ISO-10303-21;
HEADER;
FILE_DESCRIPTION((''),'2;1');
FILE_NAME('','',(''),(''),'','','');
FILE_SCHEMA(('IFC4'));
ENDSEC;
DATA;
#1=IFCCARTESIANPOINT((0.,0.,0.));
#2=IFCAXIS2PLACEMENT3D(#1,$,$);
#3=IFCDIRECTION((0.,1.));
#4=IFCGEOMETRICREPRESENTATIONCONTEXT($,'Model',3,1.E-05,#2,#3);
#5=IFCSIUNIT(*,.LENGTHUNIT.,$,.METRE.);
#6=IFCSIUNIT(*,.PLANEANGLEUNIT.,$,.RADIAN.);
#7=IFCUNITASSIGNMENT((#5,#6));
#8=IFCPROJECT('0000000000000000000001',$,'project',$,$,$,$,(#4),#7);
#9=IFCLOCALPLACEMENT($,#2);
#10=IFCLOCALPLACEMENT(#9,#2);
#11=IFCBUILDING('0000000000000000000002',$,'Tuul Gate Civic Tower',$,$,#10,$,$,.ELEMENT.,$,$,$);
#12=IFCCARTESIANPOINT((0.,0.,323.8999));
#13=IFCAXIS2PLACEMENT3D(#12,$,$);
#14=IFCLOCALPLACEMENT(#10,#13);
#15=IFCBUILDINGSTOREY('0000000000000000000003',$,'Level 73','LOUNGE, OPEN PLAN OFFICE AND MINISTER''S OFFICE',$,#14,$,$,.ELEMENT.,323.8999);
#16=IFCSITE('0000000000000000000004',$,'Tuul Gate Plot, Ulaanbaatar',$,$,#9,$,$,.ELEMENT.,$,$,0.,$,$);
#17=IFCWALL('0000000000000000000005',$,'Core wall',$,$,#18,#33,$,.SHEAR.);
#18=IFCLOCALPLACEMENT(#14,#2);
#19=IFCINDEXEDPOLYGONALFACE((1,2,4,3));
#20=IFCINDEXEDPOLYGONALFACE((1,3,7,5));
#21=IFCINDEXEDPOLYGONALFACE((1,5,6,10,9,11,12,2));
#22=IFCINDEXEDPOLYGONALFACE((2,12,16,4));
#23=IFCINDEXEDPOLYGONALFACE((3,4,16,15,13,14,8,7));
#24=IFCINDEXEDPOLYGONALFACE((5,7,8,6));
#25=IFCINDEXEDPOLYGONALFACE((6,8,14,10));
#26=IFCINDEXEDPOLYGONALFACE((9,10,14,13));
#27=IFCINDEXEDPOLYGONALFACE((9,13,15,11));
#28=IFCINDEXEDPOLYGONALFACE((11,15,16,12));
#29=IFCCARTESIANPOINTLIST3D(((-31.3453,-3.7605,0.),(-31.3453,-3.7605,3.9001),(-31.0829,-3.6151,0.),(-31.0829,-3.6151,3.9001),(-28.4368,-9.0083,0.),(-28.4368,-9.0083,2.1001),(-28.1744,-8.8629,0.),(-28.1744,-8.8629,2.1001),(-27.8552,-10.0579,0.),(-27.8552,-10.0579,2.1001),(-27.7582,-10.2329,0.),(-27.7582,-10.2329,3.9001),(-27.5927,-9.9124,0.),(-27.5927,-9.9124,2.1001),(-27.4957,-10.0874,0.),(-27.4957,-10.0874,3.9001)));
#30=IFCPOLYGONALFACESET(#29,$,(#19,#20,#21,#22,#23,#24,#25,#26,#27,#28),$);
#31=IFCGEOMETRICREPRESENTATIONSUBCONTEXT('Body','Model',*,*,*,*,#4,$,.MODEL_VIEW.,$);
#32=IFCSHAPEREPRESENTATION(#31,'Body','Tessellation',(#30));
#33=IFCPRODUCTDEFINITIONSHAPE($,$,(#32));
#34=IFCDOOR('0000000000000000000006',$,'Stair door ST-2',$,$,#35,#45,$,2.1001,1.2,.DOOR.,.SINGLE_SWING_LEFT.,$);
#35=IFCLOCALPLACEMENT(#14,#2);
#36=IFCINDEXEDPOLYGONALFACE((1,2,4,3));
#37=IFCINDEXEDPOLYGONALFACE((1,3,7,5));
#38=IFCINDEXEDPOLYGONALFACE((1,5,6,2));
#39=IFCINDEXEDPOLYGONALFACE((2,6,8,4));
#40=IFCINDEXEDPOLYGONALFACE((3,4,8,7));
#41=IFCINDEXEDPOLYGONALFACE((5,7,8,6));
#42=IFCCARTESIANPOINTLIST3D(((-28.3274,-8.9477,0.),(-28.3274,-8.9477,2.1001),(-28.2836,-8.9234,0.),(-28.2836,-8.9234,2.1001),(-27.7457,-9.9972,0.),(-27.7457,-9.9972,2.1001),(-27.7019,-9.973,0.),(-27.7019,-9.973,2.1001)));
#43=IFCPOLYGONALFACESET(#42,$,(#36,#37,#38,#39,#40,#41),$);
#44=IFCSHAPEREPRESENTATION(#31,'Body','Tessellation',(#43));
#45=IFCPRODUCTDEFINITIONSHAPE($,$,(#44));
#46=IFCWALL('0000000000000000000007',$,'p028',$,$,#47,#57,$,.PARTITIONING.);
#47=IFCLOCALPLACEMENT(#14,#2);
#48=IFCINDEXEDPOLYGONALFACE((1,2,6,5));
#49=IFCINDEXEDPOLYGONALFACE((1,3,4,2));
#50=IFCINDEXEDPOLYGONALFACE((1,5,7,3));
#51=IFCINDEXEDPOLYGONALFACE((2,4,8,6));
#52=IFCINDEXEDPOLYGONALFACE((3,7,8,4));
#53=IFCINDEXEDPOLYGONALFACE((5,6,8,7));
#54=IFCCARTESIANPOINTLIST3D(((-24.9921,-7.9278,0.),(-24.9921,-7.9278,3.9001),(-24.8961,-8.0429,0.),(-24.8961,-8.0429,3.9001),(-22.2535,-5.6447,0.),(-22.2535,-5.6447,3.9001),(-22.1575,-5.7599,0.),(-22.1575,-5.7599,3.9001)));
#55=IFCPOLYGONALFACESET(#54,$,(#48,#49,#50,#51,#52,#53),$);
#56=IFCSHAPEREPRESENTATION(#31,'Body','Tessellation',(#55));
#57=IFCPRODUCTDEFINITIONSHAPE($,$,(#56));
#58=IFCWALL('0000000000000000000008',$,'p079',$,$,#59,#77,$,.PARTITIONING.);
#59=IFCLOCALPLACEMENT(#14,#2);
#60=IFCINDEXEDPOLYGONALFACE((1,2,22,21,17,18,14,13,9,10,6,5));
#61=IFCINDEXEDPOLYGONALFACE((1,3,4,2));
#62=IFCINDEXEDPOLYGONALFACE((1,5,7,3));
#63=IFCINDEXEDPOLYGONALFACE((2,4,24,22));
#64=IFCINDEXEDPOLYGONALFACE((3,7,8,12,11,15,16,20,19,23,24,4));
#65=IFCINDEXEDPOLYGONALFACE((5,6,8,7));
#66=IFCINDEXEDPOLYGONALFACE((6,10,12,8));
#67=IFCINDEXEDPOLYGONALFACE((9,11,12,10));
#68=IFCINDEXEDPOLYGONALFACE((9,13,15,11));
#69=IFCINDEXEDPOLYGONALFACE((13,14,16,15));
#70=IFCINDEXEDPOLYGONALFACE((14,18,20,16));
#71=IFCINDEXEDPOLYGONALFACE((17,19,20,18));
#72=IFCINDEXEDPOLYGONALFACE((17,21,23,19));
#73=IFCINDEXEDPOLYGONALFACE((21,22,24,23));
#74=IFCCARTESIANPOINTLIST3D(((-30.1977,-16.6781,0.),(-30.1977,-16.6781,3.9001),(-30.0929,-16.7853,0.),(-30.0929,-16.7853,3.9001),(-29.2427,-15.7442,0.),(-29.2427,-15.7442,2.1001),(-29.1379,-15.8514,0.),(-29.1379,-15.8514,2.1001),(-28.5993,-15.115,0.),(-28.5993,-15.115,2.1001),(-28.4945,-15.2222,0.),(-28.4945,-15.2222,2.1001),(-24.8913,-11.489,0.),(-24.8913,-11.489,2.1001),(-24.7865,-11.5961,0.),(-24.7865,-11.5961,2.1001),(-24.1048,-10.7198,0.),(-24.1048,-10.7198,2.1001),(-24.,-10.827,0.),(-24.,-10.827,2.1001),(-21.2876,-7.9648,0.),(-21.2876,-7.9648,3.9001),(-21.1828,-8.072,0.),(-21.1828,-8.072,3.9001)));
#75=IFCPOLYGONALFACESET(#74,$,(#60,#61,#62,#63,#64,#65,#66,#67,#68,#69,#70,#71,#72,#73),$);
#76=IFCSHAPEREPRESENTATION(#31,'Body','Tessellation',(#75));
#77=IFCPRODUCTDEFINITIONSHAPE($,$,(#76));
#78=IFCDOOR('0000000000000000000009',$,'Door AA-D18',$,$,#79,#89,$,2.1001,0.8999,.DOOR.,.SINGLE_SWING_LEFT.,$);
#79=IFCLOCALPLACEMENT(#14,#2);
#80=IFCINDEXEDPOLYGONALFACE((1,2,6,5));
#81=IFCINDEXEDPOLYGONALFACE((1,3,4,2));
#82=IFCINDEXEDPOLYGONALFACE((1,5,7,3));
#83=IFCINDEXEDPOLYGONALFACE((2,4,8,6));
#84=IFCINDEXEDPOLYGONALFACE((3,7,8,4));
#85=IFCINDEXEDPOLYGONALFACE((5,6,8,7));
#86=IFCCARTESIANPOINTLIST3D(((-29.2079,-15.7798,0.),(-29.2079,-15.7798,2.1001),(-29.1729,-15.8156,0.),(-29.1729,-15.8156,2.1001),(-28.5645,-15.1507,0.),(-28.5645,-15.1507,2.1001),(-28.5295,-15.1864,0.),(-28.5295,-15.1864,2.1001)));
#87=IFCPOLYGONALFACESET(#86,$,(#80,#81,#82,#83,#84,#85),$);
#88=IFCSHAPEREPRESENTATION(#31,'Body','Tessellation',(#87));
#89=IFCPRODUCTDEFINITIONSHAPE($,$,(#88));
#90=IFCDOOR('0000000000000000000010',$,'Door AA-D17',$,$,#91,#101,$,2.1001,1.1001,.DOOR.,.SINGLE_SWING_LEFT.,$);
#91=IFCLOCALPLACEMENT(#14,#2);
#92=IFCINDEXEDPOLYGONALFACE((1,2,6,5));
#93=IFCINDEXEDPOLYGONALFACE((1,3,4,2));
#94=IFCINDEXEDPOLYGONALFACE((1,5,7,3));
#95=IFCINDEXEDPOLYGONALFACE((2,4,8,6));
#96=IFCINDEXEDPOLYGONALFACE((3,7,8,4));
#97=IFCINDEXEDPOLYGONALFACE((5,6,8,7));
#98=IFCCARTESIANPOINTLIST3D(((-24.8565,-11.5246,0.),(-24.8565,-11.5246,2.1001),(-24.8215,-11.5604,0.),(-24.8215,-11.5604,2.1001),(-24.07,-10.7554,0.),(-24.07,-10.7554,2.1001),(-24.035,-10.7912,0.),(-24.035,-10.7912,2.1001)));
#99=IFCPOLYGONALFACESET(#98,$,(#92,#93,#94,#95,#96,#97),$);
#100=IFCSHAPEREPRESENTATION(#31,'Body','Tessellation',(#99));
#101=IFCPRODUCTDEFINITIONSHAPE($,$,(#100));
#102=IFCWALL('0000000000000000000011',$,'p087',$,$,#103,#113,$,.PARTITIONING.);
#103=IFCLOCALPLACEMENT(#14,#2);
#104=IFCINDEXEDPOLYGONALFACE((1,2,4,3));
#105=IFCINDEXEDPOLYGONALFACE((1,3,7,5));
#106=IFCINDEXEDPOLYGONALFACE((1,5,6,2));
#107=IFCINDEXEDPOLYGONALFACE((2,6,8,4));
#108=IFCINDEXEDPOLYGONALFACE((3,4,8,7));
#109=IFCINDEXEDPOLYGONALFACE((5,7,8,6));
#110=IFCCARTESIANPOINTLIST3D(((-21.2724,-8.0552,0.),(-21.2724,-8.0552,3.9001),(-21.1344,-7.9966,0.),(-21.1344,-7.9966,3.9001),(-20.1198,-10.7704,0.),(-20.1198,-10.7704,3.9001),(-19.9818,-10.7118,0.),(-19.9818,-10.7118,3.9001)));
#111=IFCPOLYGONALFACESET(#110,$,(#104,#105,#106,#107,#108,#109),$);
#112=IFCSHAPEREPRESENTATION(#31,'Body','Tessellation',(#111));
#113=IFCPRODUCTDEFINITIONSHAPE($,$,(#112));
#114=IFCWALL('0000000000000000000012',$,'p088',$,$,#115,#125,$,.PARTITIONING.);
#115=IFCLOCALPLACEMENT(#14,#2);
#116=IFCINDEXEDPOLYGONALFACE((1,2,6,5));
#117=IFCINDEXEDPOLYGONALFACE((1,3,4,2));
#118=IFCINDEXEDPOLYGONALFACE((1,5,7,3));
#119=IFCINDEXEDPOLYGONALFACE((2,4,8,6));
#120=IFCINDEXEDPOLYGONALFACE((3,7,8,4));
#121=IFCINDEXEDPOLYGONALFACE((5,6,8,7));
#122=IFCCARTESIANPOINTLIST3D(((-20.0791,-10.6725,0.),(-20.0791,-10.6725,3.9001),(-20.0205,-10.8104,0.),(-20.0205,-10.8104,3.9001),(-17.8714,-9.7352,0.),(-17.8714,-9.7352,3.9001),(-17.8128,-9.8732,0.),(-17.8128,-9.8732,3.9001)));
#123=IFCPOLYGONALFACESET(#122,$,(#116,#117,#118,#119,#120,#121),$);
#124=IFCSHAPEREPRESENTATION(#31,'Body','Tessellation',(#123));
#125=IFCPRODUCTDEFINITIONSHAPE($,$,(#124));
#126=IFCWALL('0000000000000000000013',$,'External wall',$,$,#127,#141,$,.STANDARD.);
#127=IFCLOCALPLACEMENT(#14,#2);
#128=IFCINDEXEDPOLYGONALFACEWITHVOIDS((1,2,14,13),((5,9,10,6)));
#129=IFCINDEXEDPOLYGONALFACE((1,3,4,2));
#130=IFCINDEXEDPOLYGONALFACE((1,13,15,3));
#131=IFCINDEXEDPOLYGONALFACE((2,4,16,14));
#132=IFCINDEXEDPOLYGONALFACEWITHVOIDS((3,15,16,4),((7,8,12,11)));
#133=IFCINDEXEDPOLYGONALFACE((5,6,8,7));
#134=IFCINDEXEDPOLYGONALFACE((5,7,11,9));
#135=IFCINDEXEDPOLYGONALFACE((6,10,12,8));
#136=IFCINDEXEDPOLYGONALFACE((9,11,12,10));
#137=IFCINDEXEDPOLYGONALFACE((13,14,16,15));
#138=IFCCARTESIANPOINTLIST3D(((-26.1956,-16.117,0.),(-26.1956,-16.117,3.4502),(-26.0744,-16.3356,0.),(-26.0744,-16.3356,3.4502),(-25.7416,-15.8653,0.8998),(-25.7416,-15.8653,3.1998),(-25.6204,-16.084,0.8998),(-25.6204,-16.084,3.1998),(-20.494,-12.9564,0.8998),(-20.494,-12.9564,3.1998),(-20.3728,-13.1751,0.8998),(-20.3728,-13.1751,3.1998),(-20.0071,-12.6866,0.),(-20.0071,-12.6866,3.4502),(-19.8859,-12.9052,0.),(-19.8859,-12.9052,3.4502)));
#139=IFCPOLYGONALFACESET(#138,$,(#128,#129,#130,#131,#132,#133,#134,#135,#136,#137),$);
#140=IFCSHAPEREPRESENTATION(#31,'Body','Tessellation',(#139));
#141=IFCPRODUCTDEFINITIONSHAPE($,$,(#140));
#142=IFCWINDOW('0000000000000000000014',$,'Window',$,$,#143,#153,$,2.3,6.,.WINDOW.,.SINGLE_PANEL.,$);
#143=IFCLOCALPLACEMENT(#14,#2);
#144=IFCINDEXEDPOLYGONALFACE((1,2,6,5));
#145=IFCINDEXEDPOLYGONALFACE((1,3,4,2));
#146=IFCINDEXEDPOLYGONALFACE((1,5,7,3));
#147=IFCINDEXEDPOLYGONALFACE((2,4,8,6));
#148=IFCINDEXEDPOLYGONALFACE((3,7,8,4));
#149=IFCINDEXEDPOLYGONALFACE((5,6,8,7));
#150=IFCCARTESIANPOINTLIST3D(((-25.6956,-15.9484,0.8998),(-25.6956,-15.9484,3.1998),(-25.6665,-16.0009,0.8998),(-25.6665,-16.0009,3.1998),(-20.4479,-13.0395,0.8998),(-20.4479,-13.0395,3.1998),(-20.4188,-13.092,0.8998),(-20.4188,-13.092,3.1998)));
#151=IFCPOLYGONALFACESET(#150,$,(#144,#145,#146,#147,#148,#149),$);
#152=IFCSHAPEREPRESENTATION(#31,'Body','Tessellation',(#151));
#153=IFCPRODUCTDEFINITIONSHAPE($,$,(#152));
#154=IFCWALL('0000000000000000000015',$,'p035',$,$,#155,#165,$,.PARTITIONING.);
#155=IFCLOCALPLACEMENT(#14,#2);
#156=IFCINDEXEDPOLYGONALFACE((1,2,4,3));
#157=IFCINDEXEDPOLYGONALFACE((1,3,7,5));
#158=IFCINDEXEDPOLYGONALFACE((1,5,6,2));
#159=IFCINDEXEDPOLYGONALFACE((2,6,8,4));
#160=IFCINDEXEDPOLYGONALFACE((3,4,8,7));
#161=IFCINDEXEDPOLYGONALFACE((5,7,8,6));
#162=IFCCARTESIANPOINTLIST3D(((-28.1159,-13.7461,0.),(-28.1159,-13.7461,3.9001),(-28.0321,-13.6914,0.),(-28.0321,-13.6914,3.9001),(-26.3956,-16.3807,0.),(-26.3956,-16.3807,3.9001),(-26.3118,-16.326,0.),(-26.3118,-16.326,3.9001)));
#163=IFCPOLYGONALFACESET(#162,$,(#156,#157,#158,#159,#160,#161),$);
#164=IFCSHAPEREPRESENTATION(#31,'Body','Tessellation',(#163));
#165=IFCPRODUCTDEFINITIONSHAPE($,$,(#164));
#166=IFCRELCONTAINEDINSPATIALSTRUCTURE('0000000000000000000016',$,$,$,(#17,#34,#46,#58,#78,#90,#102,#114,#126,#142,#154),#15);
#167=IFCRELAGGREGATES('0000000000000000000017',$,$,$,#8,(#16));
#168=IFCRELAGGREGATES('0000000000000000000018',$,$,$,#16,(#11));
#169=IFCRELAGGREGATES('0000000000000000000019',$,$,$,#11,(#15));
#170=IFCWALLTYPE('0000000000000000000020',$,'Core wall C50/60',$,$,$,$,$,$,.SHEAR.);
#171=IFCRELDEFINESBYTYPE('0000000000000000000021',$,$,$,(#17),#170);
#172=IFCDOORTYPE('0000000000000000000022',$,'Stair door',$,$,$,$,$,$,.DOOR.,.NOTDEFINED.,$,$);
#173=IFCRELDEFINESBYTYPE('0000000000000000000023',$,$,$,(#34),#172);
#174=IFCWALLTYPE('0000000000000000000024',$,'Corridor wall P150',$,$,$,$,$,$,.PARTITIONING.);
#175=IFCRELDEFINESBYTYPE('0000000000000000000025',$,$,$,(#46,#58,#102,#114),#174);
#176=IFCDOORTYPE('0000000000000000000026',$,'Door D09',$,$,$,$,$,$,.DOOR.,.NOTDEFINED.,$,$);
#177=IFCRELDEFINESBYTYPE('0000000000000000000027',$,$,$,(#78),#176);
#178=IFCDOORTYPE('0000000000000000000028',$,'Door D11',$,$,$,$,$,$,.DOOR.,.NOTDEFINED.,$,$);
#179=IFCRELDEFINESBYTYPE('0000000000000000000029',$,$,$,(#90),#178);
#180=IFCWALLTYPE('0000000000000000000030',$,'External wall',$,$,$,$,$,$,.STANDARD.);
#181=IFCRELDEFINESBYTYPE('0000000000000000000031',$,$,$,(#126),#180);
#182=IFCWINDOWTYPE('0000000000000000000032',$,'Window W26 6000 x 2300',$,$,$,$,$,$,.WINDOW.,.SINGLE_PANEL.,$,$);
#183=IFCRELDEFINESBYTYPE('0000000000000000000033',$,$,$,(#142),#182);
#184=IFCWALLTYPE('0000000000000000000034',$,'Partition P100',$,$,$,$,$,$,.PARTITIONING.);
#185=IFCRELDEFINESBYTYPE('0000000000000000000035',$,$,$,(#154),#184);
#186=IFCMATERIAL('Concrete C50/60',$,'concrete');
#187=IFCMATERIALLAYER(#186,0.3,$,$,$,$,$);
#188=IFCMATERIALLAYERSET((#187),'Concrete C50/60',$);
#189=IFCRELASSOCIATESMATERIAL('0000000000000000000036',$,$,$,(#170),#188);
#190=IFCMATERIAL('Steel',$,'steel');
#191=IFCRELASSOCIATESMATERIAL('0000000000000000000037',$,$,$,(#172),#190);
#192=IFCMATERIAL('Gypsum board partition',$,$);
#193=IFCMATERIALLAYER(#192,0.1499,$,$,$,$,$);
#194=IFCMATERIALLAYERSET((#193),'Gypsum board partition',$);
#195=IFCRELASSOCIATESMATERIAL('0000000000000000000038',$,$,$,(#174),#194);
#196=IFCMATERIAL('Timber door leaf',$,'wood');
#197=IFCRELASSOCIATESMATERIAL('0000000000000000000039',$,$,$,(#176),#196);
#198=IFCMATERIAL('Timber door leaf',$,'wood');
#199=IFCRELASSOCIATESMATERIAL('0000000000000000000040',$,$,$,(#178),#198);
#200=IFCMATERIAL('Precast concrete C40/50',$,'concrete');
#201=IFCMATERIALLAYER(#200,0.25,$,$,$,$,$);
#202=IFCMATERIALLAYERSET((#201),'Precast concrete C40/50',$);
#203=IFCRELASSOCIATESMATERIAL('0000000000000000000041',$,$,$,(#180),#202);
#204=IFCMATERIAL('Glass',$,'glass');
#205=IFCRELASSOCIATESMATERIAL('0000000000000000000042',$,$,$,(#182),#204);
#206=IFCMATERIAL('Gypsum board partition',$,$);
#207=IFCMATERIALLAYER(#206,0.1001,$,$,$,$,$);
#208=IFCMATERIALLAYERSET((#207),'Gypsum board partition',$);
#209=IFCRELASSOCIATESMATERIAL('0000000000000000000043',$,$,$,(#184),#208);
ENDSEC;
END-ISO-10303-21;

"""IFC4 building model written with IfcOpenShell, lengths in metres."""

from ifc_helpers import new_model, si_unit, direction, frame, frame_2d, origin, place, context, subcontext, project, spatial, rectangle, extrude, material, layer, layer_set, type_object, element, fill, save


model = new_model("IFC4")

# Units and contexts
model_context = context("Model", 3, precision=1e-05, world=origin(), true_north=direction((0.0, 1.0)))
body_context = subcontext(model_context, "Body", "Model", "MODEL_VIEW")
ifc_project = project(units=[si_unit("LENGTHUNIT", "METRE"), si_unit("PLANEANGLEUNIT", "RADIAN")], contexts=[model_context])

# Site, building, storey
site_placement = place(None, origin())
site = spatial("IfcSite", under=ifc_project, at=site_placement, Name="Tuul Gate Plot, Ulaanbaatar", CompositionType="ELEMENT", RefElevation=0.0)
building_placement = place(site_placement, origin())
building = spatial("IfcBuilding", under=site, at=building_placement, Name="Tuul Gate Civic Tower", CompositionType="ELEMENT")
storey_placement = place(building_placement, frame((0.0, 0.0, 323.8999)))
storey = spatial("IfcBuildingStorey", under=building, at=storey_placement, Name="Level 73", Description="LOUNGE, OPEN PLAN OFFICE AND MINISTER'S OFFICE", CompositionType="ELEMENT", Elevation=323.8999)

# Shared definitions
ifc_material_1 = material(Name="Concrete C50/60", Category="concrete")
ifc_layer_1 = layer(ifc_material_1, 0.3)
ifc_layer_set_1 = layer_set([ifc_layer_1], Name="Concrete C50/60")
wall_type_1 = type_object("IfcWallType", Name="Core wall C50/60", PredefinedType="SHEAR", material=ifc_layer_set_1)

# Wall, opening, door
wall_1_placement = place(storey_placement, frame((-27.627, -10.1602, 0.0), z_axis=(0.0, 0.0, 1.0), x_axis=(-0.484752, 0.874652, 0.0)))
wall_1 = element("IfcWall", 1, at=wall_1_placement, inside=storey, type_object=wall_type_1, Name="Core wall", PredefinedType="SHEAR", context=body_context, shape_type="SweptSolid", body=[
    extrude(rectangle(XDim=7.3999, YDim=0.3, at=frame_2d((3.7, 0.0))), origin(), (0.0, 0.0, 1.0), 3.9001),
])
opening_1_placement = place(wall_1_placement, frame((0.2, 0.0, 0.0)))
opening_1 = element("IfcOpeningElement", 2, at=opening_1_placement, cuts=wall_1, PredefinedType="OPENING", context=body_context, shape_type="SweptSolid", body=[
    extrude(rectangle(XDim=1.2, YDim=2.1001, at=frame_2d((0.6001, 1.05))), frame((0.0, 0.1602, 0.0), z_axis=(0.0, -1.0, 0.0), x_axis=(1.0, 0.0, 0.0)), (0.0, 0.0, 1.0), 0.3201),
])
ifc_material_2 = material(Name="Steel", Category="steel")
door_type_1 = type_object("IfcDoorType", Name="Stair door", OperationType="NOTDEFINED", PredefinedType="DOOR", material=ifc_material_2)
door_1_placement = place(opening_1_placement, origin())
door_1 = element("IfcDoor", 3, at=door_1_placement, inside=storey, type_object=door_type_1, Name="Stair door ST-2", OperationType="SINGLE_SWING_LEFT", OverallHeight=2.1001, OverallWidth=1.2, PredefinedType="DOOR", context=body_context, shape_type="SweptSolid", body=[
    extrude(rectangle(XDim=1.2, YDim=2.1001, at=frame_2d((0.6001, 1.05))), frame((0.0, 0.0249, 0.0), z_axis=(0.0, -1.0, 0.0), x_axis=(1.0, 0.0, 0.0)), (0.0, 0.0, 1.0), 0.05),
])
fill(opening_1, door_1)

# Wall
ifc_material_3 = material(Name="Gypsum board partition")
ifc_layer_2 = layer(ifc_material_3, 0.1499)
ifc_layer_set_2 = layer_set([ifc_layer_2], Name="Gypsum board partition")
wall_type_2 = type_object("IfcWallType", Name="Corridor wall P150", PredefinedType="PARTITIONING", material=ifc_layer_set_2)
wall_2_placement = place(storey_placement, frame((-24.9441, -7.9854, 0.0), z_axis=(0.0, 0.0, 1.0), x_axis=(0.768103, 0.640326, 0.0)))
element("IfcWall", 4, at=wall_2_placement, inside=storey, type_object=wall_type_2, Name="p028", PredefinedType="PARTITIONING", context=body_context, shape_type="SweptSolid", body=[
    extrude(rectangle(XDim=3.5654, YDim=0.1499, at=frame_2d((1.7827, 0.0))), origin(), (0.0, 0.0, 1.0), 3.9001),
])

# Wall, openings, doors
wall_3_placement = place(storey_placement, frame((-30.1453, -16.7317, 0.0), z_axis=(0.0, 0.0, 1.0), x_axis=(0.714957, 0.699168, 0.0)))
wall_3 = element("IfcWall", 5, at=wall_3_placement, inside=storey, type_object=wall_type_2, Name="p079", PredefinedType="PARTITIONING", context=body_context, shape_type="SweptSolid", body=[
    extrude(rectangle(XDim=12.4624, YDim=0.1499, at=frame_2d((6.2312, 0.0))), origin(), (0.0, 0.0, 1.0), 3.9001),
])
opening_2_placement = place(wall_3_placement, frame((7.4219, 0.0, 0.0)))
opening_2 = element("IfcOpeningElement", 6, at=opening_2_placement, cuts=wall_3, PredefinedType="OPENING", context=body_context, shape_type="SweptSolid", body=[
    extrude(rectangle(XDim=1.1001, YDim=2.1001, at=frame_2d((0.55, 1.05))), frame((0.0, 0.085, 0.0), z_axis=(0.0, -1.0, 0.0), x_axis=(1.0, 0.0, 0.0)), (0.0, 0.0, 1.0), 0.1699),
])
opening_3_placement = place(wall_3_placement, frame((1.3357, 0.0, 0.0)))
opening_3 = element("IfcOpeningElement", 7, at=opening_3_placement, cuts=wall_3, PredefinedType="OPENING", context=body_context, shape_type="SweptSolid", body=[
    extrude(rectangle(XDim=0.8999, YDim=2.1001, at=frame_2d((0.45, 1.05))), frame((0.0, 0.085, 0.0), z_axis=(0.0, -1.0, 0.0), x_axis=(1.0, 0.0, 0.0)), (0.0, 0.0, 1.0), 0.1699),
])
ifc_material_4 = material(Name="Timber door leaf", Category="wood")
door_type_2 = type_object("IfcDoorType", Name="Door D09", OperationType="NOTDEFINED", PredefinedType="DOOR", material=ifc_material_4)
door_2_placement = place(opening_3_placement, frame((0.8999, 0.0, 0.0), z_axis=(0.0, 0.0, 1.0), x_axis=(-1.0, 0.0, 0.0)))
door_2 = element("IfcDoor", 8, at=door_2_placement, inside=storey, type_object=door_type_2, Name="Door AA-D18", OperationType="SINGLE_SWING_LEFT", OverallHeight=2.1001, OverallWidth=0.8999, PredefinedType="DOOR", context=body_context, shape_type="SweptSolid", body=[
    extrude(rectangle(XDim=0.8999, YDim=2.1001, at=frame_2d((0.45, 1.05))), frame((0.0, 0.0249, 0.0), z_axis=(0.0, -1.0, 0.0), x_axis=(1.0, 0.0, 0.0)), (0.0, 0.0, 1.0), 0.05),
])
fill(opening_3, door_2)
ifc_material_5 = material(Name="Timber door leaf", Category="wood")
door_type_3 = type_object("IfcDoorType", Name="Door D11", OperationType="NOTDEFINED", PredefinedType="DOOR", material=ifc_material_5)
door_3_placement = place(opening_2_placement, frame((1.1001, 0.0, 0.0), z_axis=(0.0, 0.0, 1.0), x_axis=(-1.0, 0.0, 0.0)))
door_3 = element("IfcDoor", 9, at=door_3_placement, inside=storey, type_object=door_type_3, Name="Door AA-D17", OperationType="SINGLE_SWING_LEFT", OverallHeight=2.1001, OverallWidth=1.1001, PredefinedType="DOOR", context=body_context, shape_type="SweptSolid", body=[
    extrude(rectangle(XDim=1.1001, YDim=2.1001, at=frame_2d((0.55, 1.05))), frame((0.0, 0.0249, 0.0), z_axis=(0.0, -1.0, 0.0), x_axis=(1.0, 0.0, 0.0)), (0.0, 0.0, 1.0), 0.05),
])
fill(opening_2, door_3)

# Walls
wall_4_placement = place(storey_placement, frame((-21.2034, -8.0259, 0.0), z_axis=(0.0, 0.0, 1.0), x_axis=(0.390731, -0.920505, 0.0)))
element("IfcWall", 10, at=wall_4_placement, inside=storey, type_object=wall_type_2, Name="p087", PredefinedType="PARTITIONING", context=body_context, shape_type="SweptSolid", body=[
    extrude(rectangle(XDim=2.9497, YDim=0.1499, at=frame_2d((1.4749, 0.0))), origin(), (0.0, 0.0, 1.0), 3.9001),
])
wall_5_placement = place(storey_placement, frame((-20.0498, -10.7415, 0.0), z_axis=(0.0, 0.0, 1.0), x_axis=(0.920487, 0.390772, 0.0)))
element("IfcWall", 11, at=wall_5_placement, inside=storey, type_object=wall_type_2, Name="p088", PredefinedType="PARTITIONING", context=body_context, shape_type="SweptSolid", body=[
    extrude(rectangle(XDim=2.3984, YDim=0.1499, at=frame_2d((1.1992, 0.0))), origin(), (0.0, 0.0, 1.0), 3.9001),
])

# Wall, opening, window
ifc_material_6 = material(Name="Precast concrete C40/50", Category="concrete")
ifc_layer_3 = layer(ifc_material_6, 0.25)
ifc_layer_set_3 = layer_set([ifc_layer_3], Name="Precast concrete C40/50")
wall_type_3 = type_object("IfcWallType", Name="External wall", PredefinedType="STANDARD", material=ifc_layer_set_3)
wall_6_placement = place(storey_placement, frame((-26.135, -16.2263, 0.0), z_axis=(0.0, 0.0, 1.0), x_axis=(0.874614, 0.484819, 0.0)))
wall_6 = element("IfcWall", 12, at=wall_6_placement, inside=storey, type_object=wall_type_3, Name="External wall", PredefinedType="STANDARD", context=body_context, shape_type="SweptSolid", body=[
    extrude(rectangle(XDim=7.0757, YDim=0.25, at=frame_2d((3.5378, 0.0))), origin(), (0.0, 0.0, 1.0), 3.4502),
])
opening_4_placement = place(wall_6_placement, frame((0.519, 0.0, 0.8999)))
opening_4 = element("IfcOpeningElement", 13, at=opening_4_placement, cuts=wall_6, PredefinedType="OPENING", context=body_context, shape_type="SweptSolid", body=[
    extrude(rectangle(XDim=6.0, YDim=2.3, at=frame_2d((3.0, 1.1499))), frame((0.0, 0.135, 0.0), z_axis=(0.0, -1.0, 0.0), x_axis=(1.0, 0.0, 0.0)), (0.0, 0.0, 1.0), 0.27),
])
ifc_material_7 = material(Name="Glass", Category="glass")
window_type = type_object("IfcWindowType", Name="Window W26 6000 x 2300", PartitioningType="SINGLE_PANEL", PredefinedType="WINDOW", material=ifc_material_7)
window_placement = place(opening_4_placement, origin())
window = element("IfcWindow", 14, at=window_placement, inside=storey, type_object=window_type, Name="Window", OverallHeight=2.3, OverallWidth=6.0, PartitioningType="SINGLE_PANEL", PredefinedType="WINDOW", context=body_context, shape_type="SweptSolid", body=[
    extrude(rectangle(XDim=6.0, YDim=2.3, at=frame_2d((3.0, 1.1499))), frame((0.0, 0.03, 0.0), z_axis=(0.0, -1.0, 0.0), x_axis=(1.0, 0.0, 0.0)), (0.0, 0.0, 1.0), 0.0601),
])
fill(opening_4, window)

# Wall
ifc_material_8 = material(Name="Gypsum board partition")
ifc_layer_4 = layer(ifc_material_8, 0.1001)
ifc_layer_set_4 = layer_set([ifc_layer_4], Name="Gypsum board partition")
wall_type_4 = type_object("IfcWallType", Name="Partition P100", PredefinedType="PARTITIONING", material=ifc_layer_set_4)
wall_7_placement = place(storey_placement, frame((-28.074, -13.7188, 0.0), z_axis=(0.0, 0.0, 1.0), x_axis=(0.546725, -0.837313, 0.0)))
element("IfcWall", 15, at=wall_7_placement, inside=storey, type_object=wall_type_4, Name="p035", PredefinedType="PARTITIONING", context=body_context, shape_type="SweptSolid", body=[
    extrude(rectangle(XDim=3.1465, YDim=0.1001, at=frame_2d((1.5732, 0.0))), origin(), (0.0, 0.0, 1.0), 3.9001),
])

save(model, "model.ifc")
